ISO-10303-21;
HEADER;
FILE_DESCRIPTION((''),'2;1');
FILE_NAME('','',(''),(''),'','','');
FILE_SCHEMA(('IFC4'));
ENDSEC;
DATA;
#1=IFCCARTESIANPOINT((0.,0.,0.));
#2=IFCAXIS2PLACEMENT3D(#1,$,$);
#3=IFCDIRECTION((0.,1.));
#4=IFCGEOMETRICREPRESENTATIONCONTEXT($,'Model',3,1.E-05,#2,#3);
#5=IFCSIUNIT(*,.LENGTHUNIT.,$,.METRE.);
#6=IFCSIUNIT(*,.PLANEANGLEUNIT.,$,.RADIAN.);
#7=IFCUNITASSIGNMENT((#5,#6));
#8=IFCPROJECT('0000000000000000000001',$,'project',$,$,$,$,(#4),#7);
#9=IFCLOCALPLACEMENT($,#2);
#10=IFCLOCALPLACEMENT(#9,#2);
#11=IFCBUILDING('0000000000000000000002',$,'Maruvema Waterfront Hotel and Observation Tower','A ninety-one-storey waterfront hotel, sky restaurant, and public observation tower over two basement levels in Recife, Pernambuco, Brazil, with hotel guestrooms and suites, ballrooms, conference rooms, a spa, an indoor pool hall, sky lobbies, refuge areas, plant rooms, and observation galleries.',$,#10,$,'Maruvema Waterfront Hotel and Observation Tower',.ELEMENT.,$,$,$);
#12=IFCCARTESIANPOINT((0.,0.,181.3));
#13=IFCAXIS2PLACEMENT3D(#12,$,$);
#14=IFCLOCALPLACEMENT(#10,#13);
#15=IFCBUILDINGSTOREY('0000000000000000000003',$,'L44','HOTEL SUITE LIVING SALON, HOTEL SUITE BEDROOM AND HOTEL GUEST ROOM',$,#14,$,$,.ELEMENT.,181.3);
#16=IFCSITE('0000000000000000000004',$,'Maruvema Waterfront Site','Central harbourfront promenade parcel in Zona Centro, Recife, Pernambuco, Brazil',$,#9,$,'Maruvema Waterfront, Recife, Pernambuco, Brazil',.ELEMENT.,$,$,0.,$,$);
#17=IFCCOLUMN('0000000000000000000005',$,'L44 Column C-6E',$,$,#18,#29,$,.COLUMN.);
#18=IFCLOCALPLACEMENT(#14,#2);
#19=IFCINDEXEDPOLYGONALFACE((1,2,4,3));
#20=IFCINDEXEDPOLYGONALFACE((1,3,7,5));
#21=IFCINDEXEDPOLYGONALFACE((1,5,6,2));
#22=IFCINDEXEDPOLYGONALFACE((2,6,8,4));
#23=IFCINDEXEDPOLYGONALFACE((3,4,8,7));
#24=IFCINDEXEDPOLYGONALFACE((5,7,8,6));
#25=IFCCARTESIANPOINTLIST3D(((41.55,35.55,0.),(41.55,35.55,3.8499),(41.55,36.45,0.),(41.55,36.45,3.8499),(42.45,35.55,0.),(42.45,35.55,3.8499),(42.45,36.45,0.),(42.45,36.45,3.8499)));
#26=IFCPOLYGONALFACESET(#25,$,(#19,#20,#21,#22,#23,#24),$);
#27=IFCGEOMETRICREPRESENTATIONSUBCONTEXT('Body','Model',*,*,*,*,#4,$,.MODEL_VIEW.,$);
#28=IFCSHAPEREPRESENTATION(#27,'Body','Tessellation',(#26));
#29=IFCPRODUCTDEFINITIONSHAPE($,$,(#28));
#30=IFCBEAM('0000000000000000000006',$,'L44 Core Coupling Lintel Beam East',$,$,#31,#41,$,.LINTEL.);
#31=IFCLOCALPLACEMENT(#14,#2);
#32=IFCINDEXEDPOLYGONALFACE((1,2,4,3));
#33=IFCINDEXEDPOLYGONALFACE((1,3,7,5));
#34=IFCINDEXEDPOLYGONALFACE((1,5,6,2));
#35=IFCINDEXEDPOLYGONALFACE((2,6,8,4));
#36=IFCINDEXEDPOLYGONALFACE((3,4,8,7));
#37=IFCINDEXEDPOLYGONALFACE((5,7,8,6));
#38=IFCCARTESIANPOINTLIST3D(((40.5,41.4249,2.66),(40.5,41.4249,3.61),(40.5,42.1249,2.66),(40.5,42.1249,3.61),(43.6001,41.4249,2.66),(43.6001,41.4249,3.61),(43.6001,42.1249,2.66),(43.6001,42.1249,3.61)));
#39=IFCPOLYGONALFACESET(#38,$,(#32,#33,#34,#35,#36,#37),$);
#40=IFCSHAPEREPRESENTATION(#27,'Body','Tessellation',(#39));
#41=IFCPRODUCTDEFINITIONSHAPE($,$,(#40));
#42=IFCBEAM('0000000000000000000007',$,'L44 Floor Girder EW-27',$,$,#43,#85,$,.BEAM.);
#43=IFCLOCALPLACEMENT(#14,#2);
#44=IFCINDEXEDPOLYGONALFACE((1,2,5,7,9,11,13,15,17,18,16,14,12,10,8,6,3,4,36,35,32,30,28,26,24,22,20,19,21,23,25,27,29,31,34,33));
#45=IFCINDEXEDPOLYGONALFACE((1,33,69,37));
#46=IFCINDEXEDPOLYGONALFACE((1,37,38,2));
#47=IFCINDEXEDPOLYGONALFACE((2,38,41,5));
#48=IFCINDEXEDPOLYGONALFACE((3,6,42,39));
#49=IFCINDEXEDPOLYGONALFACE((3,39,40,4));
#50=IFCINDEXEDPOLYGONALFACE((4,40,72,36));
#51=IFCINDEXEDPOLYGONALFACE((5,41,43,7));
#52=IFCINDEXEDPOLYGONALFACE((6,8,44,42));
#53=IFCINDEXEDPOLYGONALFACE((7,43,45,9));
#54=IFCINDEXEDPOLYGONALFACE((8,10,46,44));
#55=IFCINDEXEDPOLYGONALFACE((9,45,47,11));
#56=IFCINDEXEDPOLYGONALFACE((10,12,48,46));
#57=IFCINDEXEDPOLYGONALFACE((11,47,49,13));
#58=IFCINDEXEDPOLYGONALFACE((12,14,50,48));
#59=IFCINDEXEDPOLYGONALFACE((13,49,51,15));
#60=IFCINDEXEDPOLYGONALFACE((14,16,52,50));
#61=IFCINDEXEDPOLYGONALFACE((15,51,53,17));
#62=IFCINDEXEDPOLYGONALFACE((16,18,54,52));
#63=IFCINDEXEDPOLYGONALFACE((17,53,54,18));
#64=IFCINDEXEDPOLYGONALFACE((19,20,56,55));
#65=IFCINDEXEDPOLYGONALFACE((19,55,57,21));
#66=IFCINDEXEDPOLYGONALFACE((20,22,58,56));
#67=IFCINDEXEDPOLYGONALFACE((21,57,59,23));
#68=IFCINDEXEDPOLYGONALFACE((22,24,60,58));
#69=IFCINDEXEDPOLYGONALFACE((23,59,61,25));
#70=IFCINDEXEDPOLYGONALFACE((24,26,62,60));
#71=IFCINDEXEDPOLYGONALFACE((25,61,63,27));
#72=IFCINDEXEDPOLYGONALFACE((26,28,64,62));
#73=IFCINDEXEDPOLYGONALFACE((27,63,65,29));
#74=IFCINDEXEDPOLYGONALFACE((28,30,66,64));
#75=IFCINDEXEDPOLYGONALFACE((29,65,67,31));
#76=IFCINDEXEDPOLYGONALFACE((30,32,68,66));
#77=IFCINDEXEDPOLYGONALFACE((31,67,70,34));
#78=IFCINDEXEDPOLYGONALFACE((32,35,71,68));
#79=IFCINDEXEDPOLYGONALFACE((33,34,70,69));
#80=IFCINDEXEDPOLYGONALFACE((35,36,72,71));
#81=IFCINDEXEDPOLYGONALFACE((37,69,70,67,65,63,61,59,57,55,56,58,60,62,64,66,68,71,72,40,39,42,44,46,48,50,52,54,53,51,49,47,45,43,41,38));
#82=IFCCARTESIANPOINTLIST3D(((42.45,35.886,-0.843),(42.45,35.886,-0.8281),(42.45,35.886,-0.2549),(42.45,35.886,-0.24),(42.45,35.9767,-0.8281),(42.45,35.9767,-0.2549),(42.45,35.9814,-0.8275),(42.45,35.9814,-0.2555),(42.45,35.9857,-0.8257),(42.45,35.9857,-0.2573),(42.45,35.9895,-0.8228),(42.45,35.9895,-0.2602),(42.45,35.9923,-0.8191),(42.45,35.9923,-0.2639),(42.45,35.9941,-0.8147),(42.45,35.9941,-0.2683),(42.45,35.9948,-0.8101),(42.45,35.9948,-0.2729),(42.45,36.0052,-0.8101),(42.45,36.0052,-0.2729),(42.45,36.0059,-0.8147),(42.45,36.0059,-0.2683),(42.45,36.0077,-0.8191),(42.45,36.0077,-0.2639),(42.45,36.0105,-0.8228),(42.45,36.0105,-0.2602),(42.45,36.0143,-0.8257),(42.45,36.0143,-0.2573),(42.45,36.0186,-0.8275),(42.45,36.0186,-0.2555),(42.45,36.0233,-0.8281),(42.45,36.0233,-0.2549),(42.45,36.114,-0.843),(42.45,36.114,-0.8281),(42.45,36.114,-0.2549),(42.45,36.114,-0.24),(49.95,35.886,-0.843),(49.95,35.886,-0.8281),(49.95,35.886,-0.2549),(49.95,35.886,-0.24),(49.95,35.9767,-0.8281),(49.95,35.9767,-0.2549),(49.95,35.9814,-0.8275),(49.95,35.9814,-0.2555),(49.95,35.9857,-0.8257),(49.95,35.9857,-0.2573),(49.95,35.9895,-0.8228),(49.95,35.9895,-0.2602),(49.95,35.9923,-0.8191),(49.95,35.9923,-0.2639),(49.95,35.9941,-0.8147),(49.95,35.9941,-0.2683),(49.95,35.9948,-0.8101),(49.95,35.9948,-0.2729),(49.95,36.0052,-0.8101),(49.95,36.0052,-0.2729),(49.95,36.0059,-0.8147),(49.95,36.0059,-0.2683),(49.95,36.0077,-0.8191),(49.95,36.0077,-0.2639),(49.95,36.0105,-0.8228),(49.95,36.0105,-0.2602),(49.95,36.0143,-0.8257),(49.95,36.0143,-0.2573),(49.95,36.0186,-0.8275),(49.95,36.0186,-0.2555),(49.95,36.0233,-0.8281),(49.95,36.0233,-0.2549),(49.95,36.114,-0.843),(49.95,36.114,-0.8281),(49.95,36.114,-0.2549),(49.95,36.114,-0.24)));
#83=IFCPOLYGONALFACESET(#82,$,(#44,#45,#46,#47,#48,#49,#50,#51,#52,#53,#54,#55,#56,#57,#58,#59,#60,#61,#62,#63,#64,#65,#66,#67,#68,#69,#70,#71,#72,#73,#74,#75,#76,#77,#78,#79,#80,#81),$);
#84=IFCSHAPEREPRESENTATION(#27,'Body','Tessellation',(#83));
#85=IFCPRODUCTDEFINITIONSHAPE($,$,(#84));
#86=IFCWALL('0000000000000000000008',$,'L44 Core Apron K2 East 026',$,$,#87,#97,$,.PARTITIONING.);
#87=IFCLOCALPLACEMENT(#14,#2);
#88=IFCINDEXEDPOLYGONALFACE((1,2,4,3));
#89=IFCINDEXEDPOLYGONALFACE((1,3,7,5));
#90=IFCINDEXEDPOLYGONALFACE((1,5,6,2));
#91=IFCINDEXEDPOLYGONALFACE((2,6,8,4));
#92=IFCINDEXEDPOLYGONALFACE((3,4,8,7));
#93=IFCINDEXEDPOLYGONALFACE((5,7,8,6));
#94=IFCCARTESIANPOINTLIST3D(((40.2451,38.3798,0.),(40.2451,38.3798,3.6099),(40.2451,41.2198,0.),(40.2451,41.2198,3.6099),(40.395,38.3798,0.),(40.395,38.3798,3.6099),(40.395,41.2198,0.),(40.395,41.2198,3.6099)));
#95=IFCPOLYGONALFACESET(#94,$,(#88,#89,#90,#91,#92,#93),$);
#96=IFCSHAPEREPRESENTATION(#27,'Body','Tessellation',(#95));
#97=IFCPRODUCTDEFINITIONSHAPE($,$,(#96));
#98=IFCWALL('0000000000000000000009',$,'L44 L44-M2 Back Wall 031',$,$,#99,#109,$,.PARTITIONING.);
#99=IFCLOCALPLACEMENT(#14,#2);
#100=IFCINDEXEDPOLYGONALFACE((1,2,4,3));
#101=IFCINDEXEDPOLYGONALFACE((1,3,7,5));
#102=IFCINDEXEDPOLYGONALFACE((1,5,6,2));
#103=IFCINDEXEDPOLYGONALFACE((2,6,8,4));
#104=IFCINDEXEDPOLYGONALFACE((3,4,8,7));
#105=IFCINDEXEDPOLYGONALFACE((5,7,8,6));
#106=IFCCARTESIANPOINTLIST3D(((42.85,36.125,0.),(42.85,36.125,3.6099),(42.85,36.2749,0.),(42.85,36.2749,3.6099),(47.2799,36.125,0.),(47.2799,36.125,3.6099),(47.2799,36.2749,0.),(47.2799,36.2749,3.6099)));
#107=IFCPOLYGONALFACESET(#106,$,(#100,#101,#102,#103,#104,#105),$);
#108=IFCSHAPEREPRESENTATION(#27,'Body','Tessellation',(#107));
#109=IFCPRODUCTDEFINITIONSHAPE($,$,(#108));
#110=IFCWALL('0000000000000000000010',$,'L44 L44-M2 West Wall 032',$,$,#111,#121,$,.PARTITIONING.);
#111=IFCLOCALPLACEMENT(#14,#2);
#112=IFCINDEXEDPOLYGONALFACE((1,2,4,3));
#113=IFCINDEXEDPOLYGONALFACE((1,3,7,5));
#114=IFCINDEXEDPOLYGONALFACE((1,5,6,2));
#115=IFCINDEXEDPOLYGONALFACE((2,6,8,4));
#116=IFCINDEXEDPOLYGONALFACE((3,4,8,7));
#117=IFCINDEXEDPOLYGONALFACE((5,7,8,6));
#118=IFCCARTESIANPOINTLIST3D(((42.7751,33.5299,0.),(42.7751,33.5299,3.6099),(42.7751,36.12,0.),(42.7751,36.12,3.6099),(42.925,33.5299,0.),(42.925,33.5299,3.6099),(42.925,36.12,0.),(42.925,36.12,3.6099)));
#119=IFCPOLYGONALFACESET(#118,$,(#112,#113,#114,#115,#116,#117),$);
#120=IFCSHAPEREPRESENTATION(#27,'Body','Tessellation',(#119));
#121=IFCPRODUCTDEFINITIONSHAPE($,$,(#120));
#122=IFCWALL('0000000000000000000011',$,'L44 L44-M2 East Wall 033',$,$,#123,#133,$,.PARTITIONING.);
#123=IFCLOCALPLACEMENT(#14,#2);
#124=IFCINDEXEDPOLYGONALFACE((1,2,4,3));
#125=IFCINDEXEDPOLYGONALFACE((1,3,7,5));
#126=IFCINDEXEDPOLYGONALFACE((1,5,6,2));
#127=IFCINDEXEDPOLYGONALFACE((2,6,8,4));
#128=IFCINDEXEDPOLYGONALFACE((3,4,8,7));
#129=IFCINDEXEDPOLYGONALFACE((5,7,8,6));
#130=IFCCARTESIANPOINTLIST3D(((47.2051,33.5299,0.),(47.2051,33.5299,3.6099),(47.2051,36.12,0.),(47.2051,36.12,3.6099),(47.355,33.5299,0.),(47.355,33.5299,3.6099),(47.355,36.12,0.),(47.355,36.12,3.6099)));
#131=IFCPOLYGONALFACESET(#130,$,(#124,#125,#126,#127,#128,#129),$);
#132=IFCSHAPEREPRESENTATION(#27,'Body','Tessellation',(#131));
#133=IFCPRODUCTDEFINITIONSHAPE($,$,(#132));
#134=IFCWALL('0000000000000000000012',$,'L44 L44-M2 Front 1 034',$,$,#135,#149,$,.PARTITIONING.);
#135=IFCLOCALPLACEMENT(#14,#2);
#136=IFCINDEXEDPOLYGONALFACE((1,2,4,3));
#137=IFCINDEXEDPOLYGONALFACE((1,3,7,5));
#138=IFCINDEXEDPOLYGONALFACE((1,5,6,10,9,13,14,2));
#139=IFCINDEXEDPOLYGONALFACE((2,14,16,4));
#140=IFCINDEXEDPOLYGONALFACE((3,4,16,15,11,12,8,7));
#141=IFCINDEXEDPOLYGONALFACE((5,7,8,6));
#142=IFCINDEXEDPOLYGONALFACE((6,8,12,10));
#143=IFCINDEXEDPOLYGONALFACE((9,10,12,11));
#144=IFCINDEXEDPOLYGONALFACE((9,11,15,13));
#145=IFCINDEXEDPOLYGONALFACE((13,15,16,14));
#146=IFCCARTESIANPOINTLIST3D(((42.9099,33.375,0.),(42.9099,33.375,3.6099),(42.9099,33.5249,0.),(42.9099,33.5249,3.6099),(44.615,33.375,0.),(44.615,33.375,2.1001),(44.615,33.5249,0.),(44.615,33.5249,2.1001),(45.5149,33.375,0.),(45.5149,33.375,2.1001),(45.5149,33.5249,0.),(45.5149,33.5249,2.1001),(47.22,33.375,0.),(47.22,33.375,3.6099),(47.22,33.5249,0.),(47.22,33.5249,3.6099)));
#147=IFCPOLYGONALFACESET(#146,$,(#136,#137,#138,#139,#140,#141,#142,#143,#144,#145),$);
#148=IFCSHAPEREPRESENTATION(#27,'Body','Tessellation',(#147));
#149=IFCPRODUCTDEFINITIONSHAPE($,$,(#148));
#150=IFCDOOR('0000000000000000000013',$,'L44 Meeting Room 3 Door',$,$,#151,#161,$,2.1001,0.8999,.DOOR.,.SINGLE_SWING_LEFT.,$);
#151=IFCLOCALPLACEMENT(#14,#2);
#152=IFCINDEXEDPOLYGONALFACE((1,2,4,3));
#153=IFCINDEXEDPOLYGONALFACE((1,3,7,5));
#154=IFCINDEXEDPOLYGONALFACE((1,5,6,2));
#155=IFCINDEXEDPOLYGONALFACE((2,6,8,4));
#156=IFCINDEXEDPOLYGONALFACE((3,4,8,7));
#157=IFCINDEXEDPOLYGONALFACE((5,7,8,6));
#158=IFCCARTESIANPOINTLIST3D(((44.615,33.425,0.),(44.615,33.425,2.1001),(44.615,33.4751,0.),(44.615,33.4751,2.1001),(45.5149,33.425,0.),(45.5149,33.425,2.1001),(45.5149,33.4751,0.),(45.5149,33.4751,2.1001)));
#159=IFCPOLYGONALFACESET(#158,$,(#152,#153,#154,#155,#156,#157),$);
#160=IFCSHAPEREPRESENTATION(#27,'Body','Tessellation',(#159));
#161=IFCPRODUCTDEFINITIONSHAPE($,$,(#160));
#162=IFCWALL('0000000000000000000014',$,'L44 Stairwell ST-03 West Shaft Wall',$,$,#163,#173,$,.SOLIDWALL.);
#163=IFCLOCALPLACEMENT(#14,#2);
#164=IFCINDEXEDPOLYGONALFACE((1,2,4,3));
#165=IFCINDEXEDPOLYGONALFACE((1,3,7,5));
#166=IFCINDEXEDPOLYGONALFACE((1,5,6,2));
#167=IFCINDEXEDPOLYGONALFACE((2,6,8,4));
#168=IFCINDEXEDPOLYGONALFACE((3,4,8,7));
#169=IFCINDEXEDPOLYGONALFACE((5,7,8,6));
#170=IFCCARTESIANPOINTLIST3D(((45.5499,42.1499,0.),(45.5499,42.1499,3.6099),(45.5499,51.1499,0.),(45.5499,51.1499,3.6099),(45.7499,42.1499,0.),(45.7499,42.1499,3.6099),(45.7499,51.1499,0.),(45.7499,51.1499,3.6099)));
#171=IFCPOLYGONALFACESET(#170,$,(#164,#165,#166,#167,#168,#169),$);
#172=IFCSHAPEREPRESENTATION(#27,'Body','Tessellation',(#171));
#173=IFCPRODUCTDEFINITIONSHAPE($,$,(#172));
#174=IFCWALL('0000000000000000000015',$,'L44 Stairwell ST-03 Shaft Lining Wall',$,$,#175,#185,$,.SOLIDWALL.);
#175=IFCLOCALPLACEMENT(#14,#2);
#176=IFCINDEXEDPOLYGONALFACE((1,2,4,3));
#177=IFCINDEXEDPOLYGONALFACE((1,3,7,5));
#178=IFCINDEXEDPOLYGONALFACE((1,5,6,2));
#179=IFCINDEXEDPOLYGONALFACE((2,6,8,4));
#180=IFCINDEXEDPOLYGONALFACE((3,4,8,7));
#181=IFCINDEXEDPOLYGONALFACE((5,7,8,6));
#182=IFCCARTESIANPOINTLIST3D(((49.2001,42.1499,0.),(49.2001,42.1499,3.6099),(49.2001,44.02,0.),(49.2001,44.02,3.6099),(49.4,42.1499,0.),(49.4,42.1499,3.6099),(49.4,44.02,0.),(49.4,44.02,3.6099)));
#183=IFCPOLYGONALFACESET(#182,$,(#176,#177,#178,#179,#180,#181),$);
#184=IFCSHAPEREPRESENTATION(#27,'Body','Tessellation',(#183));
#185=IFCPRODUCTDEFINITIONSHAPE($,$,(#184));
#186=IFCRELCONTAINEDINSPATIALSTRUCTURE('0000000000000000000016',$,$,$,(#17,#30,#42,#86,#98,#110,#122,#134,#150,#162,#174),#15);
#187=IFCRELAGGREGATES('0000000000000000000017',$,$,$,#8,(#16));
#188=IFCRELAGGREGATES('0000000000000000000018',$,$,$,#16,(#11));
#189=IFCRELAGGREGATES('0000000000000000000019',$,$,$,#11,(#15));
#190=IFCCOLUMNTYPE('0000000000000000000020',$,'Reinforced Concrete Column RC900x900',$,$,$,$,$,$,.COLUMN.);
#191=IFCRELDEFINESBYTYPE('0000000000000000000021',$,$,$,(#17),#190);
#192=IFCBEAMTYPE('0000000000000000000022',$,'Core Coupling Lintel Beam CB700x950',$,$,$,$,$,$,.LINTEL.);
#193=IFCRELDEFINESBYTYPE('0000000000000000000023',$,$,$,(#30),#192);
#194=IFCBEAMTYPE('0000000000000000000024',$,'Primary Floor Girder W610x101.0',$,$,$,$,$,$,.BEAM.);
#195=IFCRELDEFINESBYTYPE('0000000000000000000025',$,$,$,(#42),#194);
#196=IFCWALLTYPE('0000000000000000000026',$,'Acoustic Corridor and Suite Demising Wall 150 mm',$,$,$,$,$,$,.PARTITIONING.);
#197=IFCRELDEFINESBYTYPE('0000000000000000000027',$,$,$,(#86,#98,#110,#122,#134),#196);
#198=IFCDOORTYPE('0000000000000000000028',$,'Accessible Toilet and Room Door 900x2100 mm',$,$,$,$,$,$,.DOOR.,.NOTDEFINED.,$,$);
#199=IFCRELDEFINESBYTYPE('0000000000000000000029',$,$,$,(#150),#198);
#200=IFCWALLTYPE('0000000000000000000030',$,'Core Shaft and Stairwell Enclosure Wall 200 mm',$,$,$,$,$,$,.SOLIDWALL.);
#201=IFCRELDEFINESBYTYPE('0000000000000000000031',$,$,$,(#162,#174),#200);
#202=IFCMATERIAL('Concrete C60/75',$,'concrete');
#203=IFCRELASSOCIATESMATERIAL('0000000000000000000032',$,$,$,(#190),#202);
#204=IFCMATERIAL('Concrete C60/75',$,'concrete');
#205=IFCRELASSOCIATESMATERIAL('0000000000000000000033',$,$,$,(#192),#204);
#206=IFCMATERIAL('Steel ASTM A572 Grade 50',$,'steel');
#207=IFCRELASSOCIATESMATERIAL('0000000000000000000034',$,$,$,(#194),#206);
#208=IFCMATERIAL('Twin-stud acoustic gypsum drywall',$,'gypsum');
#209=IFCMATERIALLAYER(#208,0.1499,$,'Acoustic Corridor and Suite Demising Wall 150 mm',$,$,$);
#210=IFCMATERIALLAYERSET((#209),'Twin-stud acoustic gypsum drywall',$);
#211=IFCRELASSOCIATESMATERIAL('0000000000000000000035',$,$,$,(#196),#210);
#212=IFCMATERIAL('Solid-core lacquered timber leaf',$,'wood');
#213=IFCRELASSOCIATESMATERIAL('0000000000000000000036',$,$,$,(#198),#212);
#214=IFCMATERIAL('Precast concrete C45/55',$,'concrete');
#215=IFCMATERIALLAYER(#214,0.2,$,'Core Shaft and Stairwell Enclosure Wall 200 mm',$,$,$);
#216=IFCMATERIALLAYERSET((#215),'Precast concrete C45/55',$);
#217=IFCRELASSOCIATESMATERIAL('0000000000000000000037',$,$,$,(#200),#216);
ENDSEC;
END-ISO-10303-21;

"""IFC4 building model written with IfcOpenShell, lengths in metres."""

from ifc_helpers import new_model, si_unit, direction, frame, frame_2d, origin, origin_2d, place, context, subcontext, project, spatial, rectangle, i_section, extrude, material, layer, layer_set, material_profile, profile_set, type_object, element, fill, save


model = new_model("IFC4")

# Units and contexts
model_context = context("Model", 3, precision=1e-05, world=origin(), true_north=direction((0.0, 1.0)))
body_context = subcontext(model_context, "Body", "Model", "MODEL_VIEW")
ifc_project = project(units=[si_unit("LENGTHUNIT", "METRE"), si_unit("PLANEANGLEUNIT", "RADIAN")], contexts=[model_context])

# Site, building, storey
site_placement = place(None, origin())
site = spatial("IfcSite", under=ifc_project, at=site_placement, Name="Maruvema Waterfront Site", Description="Central harbourfront promenade parcel in Zona Centro, Recife, Pernambuco, Brazil", LongName="Maruvema Waterfront, Recife, Pernambuco, Brazil", CompositionType="ELEMENT", RefElevation=0.0)
building_placement = place(site_placement, origin())
building = spatial("IfcBuilding", under=site, at=building_placement, Name="Maruvema Waterfront Hotel and Observation Tower", Description="A ninety-one-storey waterfront hotel, sky restaurant, and public observation tower over two basement levels in Recife, Pernambuco, Brazil, with hotel guestrooms and suites, ballrooms, conference rooms, a spa, an indoor pool hall, sky lobbies, refuge areas, plant rooms, and observation galleries.", LongName="Maruvema Waterfront Hotel and Observation Tower", CompositionType="ELEMENT")
storey_placement = place(building_placement, frame((0.0, 0.0, 181.3)))
storey = spatial("IfcBuildingStorey", under=building, at=storey_placement, Name="L44", Description="HOTEL SUITE LIVING SALON, HOTEL SUITE BEDROOM AND HOTEL GUEST ROOM", CompositionType="ELEMENT", Elevation=181.3)

# Column
ifc_material_1 = material(Name="Concrete C60/75", Category="concrete")
ifc_material_profile_1 = material_profile(ifc_material_1, rectangle(XDim=0.8999, YDim=0.8999, at=origin_2d()), Name="RC900x900")
ifc_profile_set_1 = profile_set([ifc_material_profile_1], Name="Concrete C60/75")
column_type = type_object("IfcColumnType", Name="Reinforced Concrete Column RC900x900", PredefinedType="COLUMN", material=ifc_profile_set_1)
column_placement = place(storey_placement, frame((42.0, 36.0, 0.0), z_axis=(0.0, 0.0, 1.0), x_axis=(1.0, 0.0, 0.0)))
element("IfcColumn", 1, at=column_placement, inside=storey, type_object=column_type, Name="L44 Column C-6E", PredefinedType="COLUMN", context=body_context, shape_type="SweptSolid", body=[
    extrude(rectangle(XDim=0.8999, YDim=0.8999, at=origin_2d()), origin(), (0.0, 0.0, 1.0), 3.8499),
])

# Beams
ifc_material_2 = material(Name="Concrete C60/75", Category="concrete")
ifc_material_profile_2 = material_profile(ifc_material_2, rectangle(XDim=0.7, YDim=0.95, at=origin_2d()), Name="CB700x950")
ifc_profile_set_2 = profile_set([ifc_material_profile_2], Name="Concrete C60/75")
beam_type_1 = type_object("IfcBeamType", Name="Core Coupling Lintel Beam CB700x950", PredefinedType="LINTEL", material=ifc_profile_set_2)
beam_1_placement = place(storey_placement, frame((40.5, 41.7749, 3.135), z_axis=(1.0, 0.0, 0.0), x_axis=(0.0, 1.0, 0.0)))
element("IfcBeam", 2, at=beam_1_placement, inside=storey, type_object=beam_type_1, Name="L44 Core Coupling Lintel Beam East", PredefinedType="LINTEL", context=body_context, shape_type="SweptSolid", body=[
    extrude(rectangle(XDim=0.7, YDim=0.95, at=origin_2d()), origin(), (0.0, 0.0, 1.0), 3.1001),
])
ifc_material_3 = material(Name="Steel ASTM A572 Grade 50", Category="steel")
ifc_material_profile_3 = material_profile(ifc_material_3, i_section(OverallWidth=0.228, OverallDepth=0.603, WebThickness=0.0105, FlangeThickness=0.0149, FilletRadius=0.0181, at=origin_2d()), Name="W610x101.0")
ifc_profile_set_3 = profile_set([ifc_material_profile_3], Name="Steel ASTM A572 Grade 50")
beam_type_2 = type_object("IfcBeamType", Name="Primary Floor Girder W610x101.0", PredefinedType="BEAM", material=ifc_profile_set_3)
beam_2_placement = place(storey_placement, frame((42.45, 36.0, -0.5415), z_axis=(1.0, 0.0, 0.0), x_axis=(0.0, 1.0, 0.0)))
element("IfcBeam", 3, at=beam_2_placement, inside=storey, type_object=beam_type_2, Name="L44 Floor Girder EW-27", PredefinedType="BEAM", context=body_context, shape_type="SweptSolid", body=[
    extrude(i_section(OverallWidth=0.228, OverallDepth=0.603, WebThickness=0.0105, FlangeThickness=0.0149, FilletRadius=0.0181, at=origin_2d()), origin(), (0.0, 0.0, 1.0), 7.5),
])

# Walls
ifc_material_4 = material(Name="Twin-stud acoustic gypsum drywall", Category="gypsum")
ifc_layer_1 = layer(ifc_material_4, 0.1499, Name="Acoustic Corridor and Suite Demising Wall 150 mm")
ifc_layer_set_1 = layer_set([ifc_layer_1], Name="Twin-stud acoustic gypsum drywall")
wall_type_1 = type_object("IfcWallType", Name="Acoustic Corridor and Suite Demising Wall 150 mm", PredefinedType="PARTITIONING", material=ifc_layer_set_1)
wall_1_placement = place(storey_placement, frame((40.3201, 38.3799, 0.0), z_axis=(0.0, 0.0, 1.0), x_axis=(0.0, 1.0, 0.0)))
element("IfcWall", 4, at=wall_1_placement, inside=storey, type_object=wall_type_1, Name="L44 Core Apron K2 East 026", PredefinedType="PARTITIONING", context=body_context, shape_type="SweptSolid", body=[
    extrude(rectangle(XDim=2.8401, YDim=0.1499, at=frame_2d((1.4199, 0.0))), origin(), (0.0, 0.0, 1.0), 3.6099),
])
wall_2_placement = place(storey_placement, frame((42.8501, 36.2, 0.0), z_axis=(0.0, 0.0, 1.0), x_axis=(1.0, 0.0, 0.0)))
element("IfcWall", 5, at=wall_2_placement, inside=storey, type_object=wall_type_1, Name="L44 L44-M2 Back Wall 031", PredefinedType="PARTITIONING", context=body_context, shape_type="SweptSolid", body=[
    extrude(rectangle(XDim=4.4299, YDim=0.1499, at=frame_2d((2.2148, 0.0))), origin(), (0.0, 0.0, 1.0), 3.6099),
])
for number, where, z_axis, x_axis, name in (
    (6, (42.8501, 33.53, 0.0), (0.0, 0.0, 1.0), (0.0, 1.0, 0.0), "L44 L44-M2 West Wall 032"),
    (7, (47.28, 33.53, 0.0), (0.0, 0.0, 1.0), (0.0, 1.0, 0.0), "L44 L44-M2 East Wall 033"),
):
    element("IfcWall", number, at=place(storey_placement, frame(where, z_axis=z_axis, x_axis=x_axis)), inside=storey, type_object=wall_type_1, Name=name, PredefinedType="PARTITIONING", context=body_context, shape_type="SweptSolid", body=[
        extrude(rectangle(XDim=2.5901, YDim=0.1499, at=frame_2d((1.2949, 0.0))), origin(), (0.0, 0.0, 1.0), 3.6099),
    ])

# Wall, opening, door
wall_3_placement = place(storey_placement, frame((42.9099, 33.45, 0.0), z_axis=(0.0, 0.0, 1.0), x_axis=(1.0, 0.0, 0.0)))
wall_3 = element("IfcWall", 8, at=wall_3_placement, inside=storey, type_object=wall_type_1, Name="L44 L44-M2 Front 1 034", PredefinedType="PARTITIONING", context=body_context, shape_type="SweptSolid", body=[
    extrude(rectangle(XDim=4.3101, YDim=0.1499, at=frame_2d((2.155, 0.0))), origin(), (0.0, 0.0, 1.0), 3.6099),
])
opening_1_placement = place(wall_3_placement, frame((1.7051, 0.0, 0.0)))
opening_1 = element("IfcOpeningElement", 9, at=opening_1_placement, cuts=wall_3, PredefinedType="OPENING", context=body_context, shape_type="SweptSolid", body=[
    extrude(rectangle(XDim=0.8999, YDim=2.1001, at=frame_2d((0.45, 1.05))), frame((0.0, 0.085, 0.0), z_axis=(0.0, -1.0, 0.0), x_axis=(1.0, 0.0, 0.0)), (0.0, 0.0, 1.0), 0.1699),
])
ifc_material_5 = material(Name="Solid-core lacquered timber leaf", Category="wood")
door_type_1 = type_object("IfcDoorType", Name="Accessible Toilet and Room Door 900x2100 mm", OperationType="NOTDEFINED", PredefinedType="DOOR", material=ifc_material_5)
door_1_placement = place(opening_1_placement, frame((0.8999, 0.0, 0.0), z_axis=(0.0, 0.0, 1.0), x_axis=(-1.0, 0.0, 0.0)))
door_1 = element("IfcDoor", 10, at=door_1_placement, inside=storey, type_object=door_type_1, Name="L44 Meeting Room 3 Door", OperationType="SINGLE_SWING_LEFT", OverallHeight=2.1001, OverallWidth=0.8999, PredefinedType="DOOR", context=body_context, shape_type="SweptSolid", body=[
    extrude(rectangle(XDim=0.8999, YDim=2.1001, at=frame_2d((0.45, 1.05))), frame((0.0, 0.0249, 0.0), z_axis=(0.0, -1.0, 0.0), x_axis=(1.0, 0.0, 0.0)), (0.0, 0.0, 1.0), 0.05),
])
fill(opening_1, door_1)

# Walls
ifc_material_6 = material(Name="Precast concrete C45/55", Category="concrete")
ifc_layer_2 = layer(ifc_material_6, 0.2, Name="Core Shaft and Stairwell Enclosure Wall 200 mm")
ifc_layer_set_2 = layer_set([ifc_layer_2], Name="Precast concrete C45/55")
wall_type_2 = type_object("IfcWallType", Name="Core Shaft and Stairwell Enclosure Wall 200 mm", PredefinedType="SOLIDWALL", material=ifc_layer_set_2)
wall_4_placement = place(storey_placement, frame((45.6499, 42.1499, 0.0), z_axis=(0.0, 0.0, 1.0), x_axis=(0.0, 1.0, 0.0)))
element("IfcWall", 11, at=wall_4_placement, inside=storey, type_object=wall_type_2, Name="L44 Stairwell ST-03 West Shaft Wall", PredefinedType="SOLIDWALL", context=body_context, shape_type="SweptSolid", body=[
    extrude(rectangle(XDim=9.0, YDim=0.2, at=frame_2d((4.5, 0.0))), origin(), (0.0, 0.0, 1.0), 3.6099),
])
wall_5_placement = place(storey_placement, frame((49.3, 42.1499, 0.0), z_axis=(0.0, 0.0, 1.0), x_axis=(0.0, 1.0, 0.0)))
element("IfcWall", 12, at=wall_5_placement, inside=storey, type_object=wall_type_2, Name="L44 Stairwell ST-03 Shaft Lining Wall", PredefinedType="SOLIDWALL", context=body_context, shape_type="SweptSolid", body=[
    extrude(rectangle(XDim=1.8701, YDim=0.2, at=frame_2d((0.9351, 0.0))), origin(), (0.0, 0.0, 1.0), 3.6099),
])

save(model, "model.ifc")
